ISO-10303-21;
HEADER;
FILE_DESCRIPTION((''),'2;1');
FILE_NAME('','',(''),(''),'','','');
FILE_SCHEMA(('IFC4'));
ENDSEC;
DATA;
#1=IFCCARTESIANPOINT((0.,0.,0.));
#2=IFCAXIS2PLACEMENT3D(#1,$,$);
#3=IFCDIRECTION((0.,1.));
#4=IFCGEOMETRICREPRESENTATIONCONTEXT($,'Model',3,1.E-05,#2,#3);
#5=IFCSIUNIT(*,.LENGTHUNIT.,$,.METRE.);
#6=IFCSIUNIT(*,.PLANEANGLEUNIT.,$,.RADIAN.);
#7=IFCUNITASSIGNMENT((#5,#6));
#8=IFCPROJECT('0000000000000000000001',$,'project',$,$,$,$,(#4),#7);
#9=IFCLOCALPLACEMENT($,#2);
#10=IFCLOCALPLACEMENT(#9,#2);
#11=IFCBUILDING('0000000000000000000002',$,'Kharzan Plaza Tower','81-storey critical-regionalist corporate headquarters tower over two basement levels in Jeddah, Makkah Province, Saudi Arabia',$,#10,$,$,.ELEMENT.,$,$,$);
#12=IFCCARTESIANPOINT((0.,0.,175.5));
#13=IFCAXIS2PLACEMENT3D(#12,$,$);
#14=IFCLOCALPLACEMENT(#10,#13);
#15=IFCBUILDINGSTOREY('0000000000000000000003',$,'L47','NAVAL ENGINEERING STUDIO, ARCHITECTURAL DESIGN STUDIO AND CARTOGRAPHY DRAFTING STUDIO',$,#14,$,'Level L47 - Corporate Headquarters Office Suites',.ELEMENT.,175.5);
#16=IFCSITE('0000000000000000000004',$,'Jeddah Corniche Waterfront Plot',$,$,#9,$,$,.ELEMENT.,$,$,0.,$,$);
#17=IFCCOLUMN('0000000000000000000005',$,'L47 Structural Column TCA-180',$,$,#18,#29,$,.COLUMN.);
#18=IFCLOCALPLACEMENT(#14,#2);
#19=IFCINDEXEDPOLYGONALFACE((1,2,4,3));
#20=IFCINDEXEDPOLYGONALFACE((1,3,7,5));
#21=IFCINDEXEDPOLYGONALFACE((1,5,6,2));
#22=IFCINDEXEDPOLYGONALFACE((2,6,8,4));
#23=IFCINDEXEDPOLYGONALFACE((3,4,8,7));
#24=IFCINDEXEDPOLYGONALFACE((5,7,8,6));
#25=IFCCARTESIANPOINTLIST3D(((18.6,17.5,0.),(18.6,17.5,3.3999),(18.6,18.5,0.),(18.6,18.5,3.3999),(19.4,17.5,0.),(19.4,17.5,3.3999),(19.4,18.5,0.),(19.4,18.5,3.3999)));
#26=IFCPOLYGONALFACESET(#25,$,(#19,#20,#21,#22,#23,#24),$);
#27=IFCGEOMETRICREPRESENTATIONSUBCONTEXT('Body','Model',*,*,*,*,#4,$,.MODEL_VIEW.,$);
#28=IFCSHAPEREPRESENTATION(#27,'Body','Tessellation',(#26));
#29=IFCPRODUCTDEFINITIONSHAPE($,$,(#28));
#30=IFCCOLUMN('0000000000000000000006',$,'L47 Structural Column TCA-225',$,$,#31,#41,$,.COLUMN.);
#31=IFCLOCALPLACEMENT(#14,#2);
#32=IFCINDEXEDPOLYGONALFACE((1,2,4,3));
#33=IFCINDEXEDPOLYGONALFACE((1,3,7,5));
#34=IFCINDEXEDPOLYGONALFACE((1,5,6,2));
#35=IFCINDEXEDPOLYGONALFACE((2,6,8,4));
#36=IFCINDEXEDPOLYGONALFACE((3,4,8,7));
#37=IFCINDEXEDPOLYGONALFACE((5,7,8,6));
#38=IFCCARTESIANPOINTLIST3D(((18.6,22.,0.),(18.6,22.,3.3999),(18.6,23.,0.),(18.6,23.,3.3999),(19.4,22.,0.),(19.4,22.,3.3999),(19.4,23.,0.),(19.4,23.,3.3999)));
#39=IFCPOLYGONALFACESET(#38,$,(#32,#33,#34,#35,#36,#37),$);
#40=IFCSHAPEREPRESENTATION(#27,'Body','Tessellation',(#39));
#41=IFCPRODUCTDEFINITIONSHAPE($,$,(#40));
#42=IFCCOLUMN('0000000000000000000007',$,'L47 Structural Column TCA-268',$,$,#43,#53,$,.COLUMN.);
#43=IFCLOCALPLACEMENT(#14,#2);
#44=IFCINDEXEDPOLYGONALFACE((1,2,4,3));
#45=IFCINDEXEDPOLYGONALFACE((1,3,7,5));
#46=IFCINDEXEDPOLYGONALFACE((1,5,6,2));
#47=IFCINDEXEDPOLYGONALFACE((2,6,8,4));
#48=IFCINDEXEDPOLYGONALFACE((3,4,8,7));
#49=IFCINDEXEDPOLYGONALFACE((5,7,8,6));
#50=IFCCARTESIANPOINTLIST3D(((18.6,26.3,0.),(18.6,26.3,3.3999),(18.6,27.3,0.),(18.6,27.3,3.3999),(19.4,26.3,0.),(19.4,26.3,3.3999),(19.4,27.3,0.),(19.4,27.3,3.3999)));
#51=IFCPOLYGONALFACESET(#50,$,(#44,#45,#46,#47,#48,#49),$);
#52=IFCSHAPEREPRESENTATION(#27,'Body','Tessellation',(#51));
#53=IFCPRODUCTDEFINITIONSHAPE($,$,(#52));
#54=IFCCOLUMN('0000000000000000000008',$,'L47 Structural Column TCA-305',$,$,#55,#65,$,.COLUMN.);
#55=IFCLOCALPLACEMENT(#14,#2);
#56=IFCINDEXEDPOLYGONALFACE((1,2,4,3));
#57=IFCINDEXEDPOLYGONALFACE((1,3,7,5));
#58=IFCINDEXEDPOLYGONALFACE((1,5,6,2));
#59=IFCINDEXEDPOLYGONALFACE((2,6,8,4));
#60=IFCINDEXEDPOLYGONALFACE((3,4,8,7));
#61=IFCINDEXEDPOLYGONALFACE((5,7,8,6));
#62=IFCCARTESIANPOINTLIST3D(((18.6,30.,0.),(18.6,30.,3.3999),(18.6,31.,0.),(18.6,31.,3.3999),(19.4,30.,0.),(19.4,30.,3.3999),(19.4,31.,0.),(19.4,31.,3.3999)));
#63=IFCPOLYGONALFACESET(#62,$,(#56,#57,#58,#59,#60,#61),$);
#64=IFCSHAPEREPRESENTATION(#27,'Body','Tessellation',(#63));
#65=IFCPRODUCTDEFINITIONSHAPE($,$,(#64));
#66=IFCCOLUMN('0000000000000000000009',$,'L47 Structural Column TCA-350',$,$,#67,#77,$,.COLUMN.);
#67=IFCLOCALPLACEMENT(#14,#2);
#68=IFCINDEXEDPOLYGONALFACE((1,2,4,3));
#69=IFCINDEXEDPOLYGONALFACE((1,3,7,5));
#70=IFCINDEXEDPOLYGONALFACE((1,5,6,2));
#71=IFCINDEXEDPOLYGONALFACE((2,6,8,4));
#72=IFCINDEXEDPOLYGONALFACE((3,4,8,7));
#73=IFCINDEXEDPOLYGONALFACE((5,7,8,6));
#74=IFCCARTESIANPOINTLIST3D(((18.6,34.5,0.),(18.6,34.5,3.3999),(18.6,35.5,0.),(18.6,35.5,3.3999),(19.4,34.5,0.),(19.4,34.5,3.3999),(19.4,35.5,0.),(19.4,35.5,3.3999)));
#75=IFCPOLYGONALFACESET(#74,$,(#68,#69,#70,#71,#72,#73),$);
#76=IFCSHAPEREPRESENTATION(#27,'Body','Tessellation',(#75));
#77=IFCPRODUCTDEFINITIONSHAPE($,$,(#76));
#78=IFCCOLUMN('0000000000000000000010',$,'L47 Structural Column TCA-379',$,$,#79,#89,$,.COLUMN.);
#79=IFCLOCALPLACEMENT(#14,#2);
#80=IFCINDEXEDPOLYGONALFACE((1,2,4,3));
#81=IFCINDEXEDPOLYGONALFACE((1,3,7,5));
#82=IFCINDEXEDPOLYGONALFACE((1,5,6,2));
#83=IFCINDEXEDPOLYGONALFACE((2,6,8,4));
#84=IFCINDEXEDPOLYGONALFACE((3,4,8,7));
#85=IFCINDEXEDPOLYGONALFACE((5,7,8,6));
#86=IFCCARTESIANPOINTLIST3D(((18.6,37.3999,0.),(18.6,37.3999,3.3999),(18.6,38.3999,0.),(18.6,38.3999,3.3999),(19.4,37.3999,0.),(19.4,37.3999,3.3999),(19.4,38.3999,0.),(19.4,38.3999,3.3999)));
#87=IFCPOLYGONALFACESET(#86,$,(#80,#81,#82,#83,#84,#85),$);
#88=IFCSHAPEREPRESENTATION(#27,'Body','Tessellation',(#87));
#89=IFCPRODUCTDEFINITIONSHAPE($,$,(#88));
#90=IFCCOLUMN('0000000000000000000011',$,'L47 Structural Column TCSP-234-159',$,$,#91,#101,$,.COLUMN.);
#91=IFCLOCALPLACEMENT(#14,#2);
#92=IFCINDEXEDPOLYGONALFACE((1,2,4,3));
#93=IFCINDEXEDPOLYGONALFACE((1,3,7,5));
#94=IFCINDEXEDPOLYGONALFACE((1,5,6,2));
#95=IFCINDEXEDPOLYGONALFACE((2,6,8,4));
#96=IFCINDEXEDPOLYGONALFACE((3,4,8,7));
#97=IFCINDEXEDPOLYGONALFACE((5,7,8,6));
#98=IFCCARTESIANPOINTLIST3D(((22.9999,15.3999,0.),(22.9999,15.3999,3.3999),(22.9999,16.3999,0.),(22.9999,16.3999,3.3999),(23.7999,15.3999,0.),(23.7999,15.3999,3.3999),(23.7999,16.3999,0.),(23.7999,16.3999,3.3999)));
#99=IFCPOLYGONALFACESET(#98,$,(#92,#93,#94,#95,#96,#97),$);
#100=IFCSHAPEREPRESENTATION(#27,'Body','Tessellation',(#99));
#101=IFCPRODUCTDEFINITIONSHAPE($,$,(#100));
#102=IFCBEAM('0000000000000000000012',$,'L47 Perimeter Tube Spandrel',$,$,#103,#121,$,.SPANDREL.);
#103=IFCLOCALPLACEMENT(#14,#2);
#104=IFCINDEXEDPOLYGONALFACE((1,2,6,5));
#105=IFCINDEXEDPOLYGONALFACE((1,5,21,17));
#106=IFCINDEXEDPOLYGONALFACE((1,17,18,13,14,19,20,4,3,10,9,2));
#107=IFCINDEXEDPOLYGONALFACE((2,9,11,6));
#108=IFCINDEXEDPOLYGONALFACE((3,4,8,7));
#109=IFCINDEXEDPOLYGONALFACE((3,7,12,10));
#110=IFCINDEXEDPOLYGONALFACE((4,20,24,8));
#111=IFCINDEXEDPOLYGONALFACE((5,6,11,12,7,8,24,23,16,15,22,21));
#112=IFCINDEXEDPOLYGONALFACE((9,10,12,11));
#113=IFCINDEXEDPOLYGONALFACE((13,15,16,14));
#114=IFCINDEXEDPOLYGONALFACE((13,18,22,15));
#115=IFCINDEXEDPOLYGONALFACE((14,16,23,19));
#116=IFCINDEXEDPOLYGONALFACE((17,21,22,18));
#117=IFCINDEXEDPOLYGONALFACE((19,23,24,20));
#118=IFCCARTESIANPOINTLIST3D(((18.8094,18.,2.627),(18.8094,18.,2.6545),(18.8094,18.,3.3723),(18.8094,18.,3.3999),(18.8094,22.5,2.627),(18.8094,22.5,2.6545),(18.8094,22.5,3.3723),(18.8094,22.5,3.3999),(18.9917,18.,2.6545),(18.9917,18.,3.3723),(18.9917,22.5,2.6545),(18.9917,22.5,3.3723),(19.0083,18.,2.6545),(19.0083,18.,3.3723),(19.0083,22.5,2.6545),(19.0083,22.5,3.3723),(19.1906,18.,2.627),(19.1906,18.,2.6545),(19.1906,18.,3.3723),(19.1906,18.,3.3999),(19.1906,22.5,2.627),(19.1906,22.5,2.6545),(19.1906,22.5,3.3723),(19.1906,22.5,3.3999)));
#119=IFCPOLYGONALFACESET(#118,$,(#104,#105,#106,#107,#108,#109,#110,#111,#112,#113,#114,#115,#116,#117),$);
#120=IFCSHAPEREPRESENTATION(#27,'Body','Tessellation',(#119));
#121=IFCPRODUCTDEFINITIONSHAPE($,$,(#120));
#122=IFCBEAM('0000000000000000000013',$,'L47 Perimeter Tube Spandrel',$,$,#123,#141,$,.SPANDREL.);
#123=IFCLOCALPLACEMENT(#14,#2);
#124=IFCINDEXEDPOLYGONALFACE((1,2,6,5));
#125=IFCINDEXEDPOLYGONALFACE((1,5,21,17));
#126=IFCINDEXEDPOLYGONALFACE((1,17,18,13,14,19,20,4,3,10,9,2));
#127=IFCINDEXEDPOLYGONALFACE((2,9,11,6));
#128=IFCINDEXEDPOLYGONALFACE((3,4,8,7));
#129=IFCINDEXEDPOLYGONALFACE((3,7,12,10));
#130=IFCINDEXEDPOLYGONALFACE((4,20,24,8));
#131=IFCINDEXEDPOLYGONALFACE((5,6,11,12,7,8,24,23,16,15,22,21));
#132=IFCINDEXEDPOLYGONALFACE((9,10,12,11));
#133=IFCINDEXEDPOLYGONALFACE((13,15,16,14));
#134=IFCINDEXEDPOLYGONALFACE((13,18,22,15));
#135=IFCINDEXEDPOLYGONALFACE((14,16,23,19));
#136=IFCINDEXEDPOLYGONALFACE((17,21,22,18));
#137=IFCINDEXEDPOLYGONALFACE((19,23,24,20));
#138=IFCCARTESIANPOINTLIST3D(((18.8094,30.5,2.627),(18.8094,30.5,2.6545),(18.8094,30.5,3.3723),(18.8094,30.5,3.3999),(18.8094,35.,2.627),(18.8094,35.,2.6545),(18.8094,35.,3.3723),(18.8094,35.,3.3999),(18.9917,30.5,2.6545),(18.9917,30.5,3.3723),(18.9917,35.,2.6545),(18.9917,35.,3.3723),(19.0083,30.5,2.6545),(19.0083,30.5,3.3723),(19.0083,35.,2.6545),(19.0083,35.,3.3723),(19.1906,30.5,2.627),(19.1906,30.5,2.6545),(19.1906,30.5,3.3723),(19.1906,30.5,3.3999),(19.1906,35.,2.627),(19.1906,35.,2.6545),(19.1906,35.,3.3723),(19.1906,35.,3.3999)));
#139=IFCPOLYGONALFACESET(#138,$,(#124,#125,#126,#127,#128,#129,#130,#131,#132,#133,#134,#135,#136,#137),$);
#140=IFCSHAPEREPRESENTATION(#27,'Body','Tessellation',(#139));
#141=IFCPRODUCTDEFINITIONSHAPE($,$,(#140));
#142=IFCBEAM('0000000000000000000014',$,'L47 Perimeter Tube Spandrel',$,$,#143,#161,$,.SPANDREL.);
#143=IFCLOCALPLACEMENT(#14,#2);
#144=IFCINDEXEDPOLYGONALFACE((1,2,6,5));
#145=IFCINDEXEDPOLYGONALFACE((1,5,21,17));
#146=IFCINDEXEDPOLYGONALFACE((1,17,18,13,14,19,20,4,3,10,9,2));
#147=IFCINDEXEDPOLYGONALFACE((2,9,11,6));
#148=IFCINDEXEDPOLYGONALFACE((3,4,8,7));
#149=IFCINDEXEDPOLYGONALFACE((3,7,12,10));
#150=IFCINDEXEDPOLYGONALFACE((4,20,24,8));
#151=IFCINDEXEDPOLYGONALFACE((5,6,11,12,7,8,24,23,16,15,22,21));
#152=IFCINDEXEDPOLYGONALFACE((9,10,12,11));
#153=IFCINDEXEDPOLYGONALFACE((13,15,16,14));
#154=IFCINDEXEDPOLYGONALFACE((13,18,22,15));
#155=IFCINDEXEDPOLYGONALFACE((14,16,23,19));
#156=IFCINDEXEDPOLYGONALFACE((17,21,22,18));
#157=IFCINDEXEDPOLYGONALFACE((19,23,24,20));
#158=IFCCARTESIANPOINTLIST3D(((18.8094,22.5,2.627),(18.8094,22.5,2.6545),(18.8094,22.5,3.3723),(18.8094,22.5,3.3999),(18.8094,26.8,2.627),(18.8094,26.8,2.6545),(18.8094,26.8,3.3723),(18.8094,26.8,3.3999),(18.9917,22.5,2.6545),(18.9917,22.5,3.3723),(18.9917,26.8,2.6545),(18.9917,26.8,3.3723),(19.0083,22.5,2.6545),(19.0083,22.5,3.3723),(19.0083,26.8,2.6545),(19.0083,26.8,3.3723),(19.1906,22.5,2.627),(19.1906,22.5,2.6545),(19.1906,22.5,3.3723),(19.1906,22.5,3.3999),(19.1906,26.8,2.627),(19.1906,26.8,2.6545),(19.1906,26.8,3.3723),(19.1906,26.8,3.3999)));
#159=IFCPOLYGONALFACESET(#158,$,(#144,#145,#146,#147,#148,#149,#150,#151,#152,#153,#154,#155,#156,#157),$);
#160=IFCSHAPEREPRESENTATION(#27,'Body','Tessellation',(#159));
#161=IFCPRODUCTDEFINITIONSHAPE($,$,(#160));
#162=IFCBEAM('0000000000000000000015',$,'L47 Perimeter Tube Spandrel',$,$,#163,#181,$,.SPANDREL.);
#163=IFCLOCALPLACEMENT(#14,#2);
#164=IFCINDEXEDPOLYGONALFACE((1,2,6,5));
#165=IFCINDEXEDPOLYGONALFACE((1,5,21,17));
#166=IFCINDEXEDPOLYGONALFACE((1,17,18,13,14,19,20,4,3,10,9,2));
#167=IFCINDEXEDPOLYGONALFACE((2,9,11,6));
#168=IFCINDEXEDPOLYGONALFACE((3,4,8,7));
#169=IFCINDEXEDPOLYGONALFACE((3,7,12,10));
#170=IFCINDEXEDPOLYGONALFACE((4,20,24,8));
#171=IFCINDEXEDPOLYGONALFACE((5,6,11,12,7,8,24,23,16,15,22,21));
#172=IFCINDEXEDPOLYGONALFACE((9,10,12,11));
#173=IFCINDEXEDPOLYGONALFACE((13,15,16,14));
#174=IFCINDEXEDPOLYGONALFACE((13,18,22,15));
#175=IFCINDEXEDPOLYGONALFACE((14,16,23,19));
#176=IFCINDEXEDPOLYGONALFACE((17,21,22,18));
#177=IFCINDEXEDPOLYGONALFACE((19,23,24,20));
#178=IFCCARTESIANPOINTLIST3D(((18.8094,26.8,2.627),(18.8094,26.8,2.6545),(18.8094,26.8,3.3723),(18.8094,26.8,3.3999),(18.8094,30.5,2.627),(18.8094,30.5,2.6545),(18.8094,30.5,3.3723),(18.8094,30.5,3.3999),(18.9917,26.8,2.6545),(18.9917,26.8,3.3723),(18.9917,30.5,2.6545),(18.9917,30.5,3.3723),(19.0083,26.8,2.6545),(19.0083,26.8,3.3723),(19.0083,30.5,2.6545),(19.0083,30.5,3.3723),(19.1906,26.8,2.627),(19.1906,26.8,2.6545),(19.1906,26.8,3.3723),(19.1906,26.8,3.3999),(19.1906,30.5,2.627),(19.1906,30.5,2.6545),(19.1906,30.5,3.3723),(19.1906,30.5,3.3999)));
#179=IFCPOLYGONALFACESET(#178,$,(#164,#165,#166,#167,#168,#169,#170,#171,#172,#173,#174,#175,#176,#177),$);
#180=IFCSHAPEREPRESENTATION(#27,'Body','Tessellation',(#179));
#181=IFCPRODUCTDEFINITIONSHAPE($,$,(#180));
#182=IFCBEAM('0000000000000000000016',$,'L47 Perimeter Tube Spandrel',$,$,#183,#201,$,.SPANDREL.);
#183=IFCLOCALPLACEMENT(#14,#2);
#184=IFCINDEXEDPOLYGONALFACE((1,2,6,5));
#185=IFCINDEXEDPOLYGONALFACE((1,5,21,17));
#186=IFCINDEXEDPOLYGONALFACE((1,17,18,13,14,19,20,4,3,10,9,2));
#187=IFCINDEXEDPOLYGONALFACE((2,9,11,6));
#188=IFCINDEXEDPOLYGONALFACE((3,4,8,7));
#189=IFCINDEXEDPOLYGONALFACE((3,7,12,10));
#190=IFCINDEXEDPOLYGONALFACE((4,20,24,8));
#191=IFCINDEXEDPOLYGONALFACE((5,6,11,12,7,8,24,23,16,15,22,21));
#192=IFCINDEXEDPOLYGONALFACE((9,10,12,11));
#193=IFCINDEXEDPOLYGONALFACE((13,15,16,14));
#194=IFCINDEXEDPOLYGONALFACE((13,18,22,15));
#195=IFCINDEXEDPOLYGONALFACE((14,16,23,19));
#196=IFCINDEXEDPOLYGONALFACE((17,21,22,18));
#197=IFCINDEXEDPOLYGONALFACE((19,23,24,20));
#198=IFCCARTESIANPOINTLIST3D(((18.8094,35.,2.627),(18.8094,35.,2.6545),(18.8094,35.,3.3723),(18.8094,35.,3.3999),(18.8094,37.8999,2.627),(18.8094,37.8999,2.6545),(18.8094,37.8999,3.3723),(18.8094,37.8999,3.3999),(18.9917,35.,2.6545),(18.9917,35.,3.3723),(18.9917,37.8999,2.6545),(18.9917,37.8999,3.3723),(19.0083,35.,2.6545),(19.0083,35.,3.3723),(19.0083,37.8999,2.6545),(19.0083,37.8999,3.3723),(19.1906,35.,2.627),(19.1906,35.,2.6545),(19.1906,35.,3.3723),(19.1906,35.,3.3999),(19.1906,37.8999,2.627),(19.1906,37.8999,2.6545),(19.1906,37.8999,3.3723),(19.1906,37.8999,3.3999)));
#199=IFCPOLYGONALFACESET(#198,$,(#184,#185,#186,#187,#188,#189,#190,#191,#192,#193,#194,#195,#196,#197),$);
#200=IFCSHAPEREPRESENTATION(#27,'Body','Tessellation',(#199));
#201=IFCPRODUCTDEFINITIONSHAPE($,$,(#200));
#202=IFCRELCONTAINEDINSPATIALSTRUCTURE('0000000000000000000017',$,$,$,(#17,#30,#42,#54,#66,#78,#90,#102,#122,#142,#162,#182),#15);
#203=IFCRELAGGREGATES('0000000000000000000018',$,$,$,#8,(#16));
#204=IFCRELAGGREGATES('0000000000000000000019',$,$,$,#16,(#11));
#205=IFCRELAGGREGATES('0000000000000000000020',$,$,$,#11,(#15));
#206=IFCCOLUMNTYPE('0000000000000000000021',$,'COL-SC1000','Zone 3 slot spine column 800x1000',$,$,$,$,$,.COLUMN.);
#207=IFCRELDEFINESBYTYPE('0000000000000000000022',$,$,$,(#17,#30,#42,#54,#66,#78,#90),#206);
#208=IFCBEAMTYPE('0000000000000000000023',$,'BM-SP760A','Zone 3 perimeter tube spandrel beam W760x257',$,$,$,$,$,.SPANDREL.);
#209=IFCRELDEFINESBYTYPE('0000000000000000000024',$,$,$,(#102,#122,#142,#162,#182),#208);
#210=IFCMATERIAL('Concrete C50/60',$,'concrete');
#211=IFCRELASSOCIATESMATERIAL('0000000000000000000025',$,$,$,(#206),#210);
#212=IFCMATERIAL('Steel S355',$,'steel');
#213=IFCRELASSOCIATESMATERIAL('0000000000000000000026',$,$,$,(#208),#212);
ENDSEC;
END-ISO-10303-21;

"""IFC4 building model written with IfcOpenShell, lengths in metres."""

from ifc_helpers import new_model, si_unit, direction, frame, origin, origin_2d, place, context, subcontext, project, spatial, rectangle, i_section, extrude, source, transform, mapped, material, material_profile, profile_set, type_object, element, save


model = new_model("IFC4")

# Units and contexts
model_context = context("Model", 3, precision=1e-05, world=origin(), true_north=direction((0.0, 1.0)))
body_context = subcontext(model_context, "Body", "Model", "MODEL_VIEW")
ifc_project = project(units=[si_unit("LENGTHUNIT", "METRE"), si_unit("PLANEANGLEUNIT", "RADIAN")], contexts=[model_context])

# Site, building, storey
site_placement = place(None, origin())
site = spatial("IfcSite", under=ifc_project, at=site_placement, Name="Jeddah Corniche Waterfront Plot", CompositionType="ELEMENT", RefElevation=0.0)
building_placement = place(site_placement, origin())
building = spatial("IfcBuilding", under=site, at=building_placement, Name="Kharzan Plaza Tower", Description="81-storey critical-regionalist corporate headquarters tower over two basement levels in Jeddah, Makkah Province, Saudi Arabia", CompositionType="ELEMENT")
storey_placement = place(building_placement, frame((0.0, 0.0, 175.5)))
storey = spatial("IfcBuildingStorey", under=building, at=storey_placement, Name="L47", Description="NAVAL ENGINEERING STUDIO, ARCHITECTURAL DESIGN STUDIO AND CARTOGRAPHY DRAFTING STUDIO", LongName="Level L47 - Corporate Headquarters Office Suites", CompositionType="ELEMENT", Elevation=175.5)

# Columns
ifc_material_1 = material(Name="Concrete C50/60", Category="concrete")
ifc_material_profile_1 = material_profile(ifc_material_1, rectangle(XDim=0.8, YDim=1.0, at=origin_2d()), Name="RC-SC1000x800")
ifc_profile_set_1 = profile_set([ifc_material_profile_1], Name="Concrete C50/60")
column_type = type_object("IfcColumnType", Name="COL-SC1000", Description="Zone 3 slot spine column 800x1000", PredefinedType="COLUMN", material=ifc_profile_set_1)
shared_shape_1 = source(origin(), body_context, "Body", "SweptSolid", [
    extrude(rectangle(XDim=0.8, YDim=1.0, at=origin_2d()), origin(), (0.0, 0.0, 1.0), 3.3999),
])
for number, where, z_axis, x_axis, name in (
    (1, (19.0, 18.0, 0.0), (0.0, 0.0, 1.0), (1.0, 0.0, 0.0), "L47 Structural Column TCA-180"),
    (2, (19.0, 22.5, 0.0), (0.0, 0.0, 1.0), (1.0, 0.0, 0.0), "L47 Structural Column TCA-225"),
    (3, (19.0, 26.8, 0.0), (0.0, 0.0, 1.0), (1.0, 0.0, 0.0), "L47 Structural Column TCA-268"),
    (4, (19.0, 30.5, 0.0), (0.0, 0.0, 1.0), (1.0, 0.0, 0.0), "L47 Structural Column TCA-305"),
    (5, (19.0, 35.0, 0.0), (0.0, 0.0, 1.0), (1.0, 0.0, 0.0), "L47 Structural Column TCA-350"),
    (6, (19.0, 37.8999, 0.0), (0.0, 0.0, 1.0), (1.0, 0.0, 0.0), "L47 Structural Column TCA-379"),
    (7, (23.3999, 15.8999, 0.0), (0.0, 0.0, 1.0), (1.0, 0.0, 0.0), "L47 Structural Column TCSP-234-159"),
):
    element("IfcColumn", number, at=place(storey_placement, frame(where, z_axis=z_axis, x_axis=x_axis)), inside=storey, type_object=column_type, Name=name, PredefinedType="COLUMN", context=body_context, shape_type="MappedRepresentation", body=[
        mapped(shared_shape_1, transform((0.0, 0.0, 0.0), x_axis=(1.0, 0.0, 0.0), y_axis=(0.0, 1.0, 0.0), z_axis=(0.0, 0.0, 1.0))),
    ])

# Beams
ifc_material_2 = material(Name="Steel S355", Category="steel")
ifc_material_profile_2 = material_profile(ifc_material_2, i_section(OverallWidth=0.3811, OverallDepth=0.7729, WebThickness=0.0166, FlangeThickness=0.0276, at=origin_2d()), Name="W760x257")
ifc_profile_set_2 = profile_set([ifc_material_profile_2], Name="Steel S355")
beam_type = type_object("IfcBeamType", Name="BM-SP760A", Description="Zone 3 perimeter tube spandrel beam W760x257", PredefinedType="SPANDREL", material=ifc_profile_set_2)
shared_shape_2 = source(origin(), body_context, "Body", "SweptSolid", [
    extrude(i_section(OverallWidth=0.3811, OverallDepth=0.7729, WebThickness=0.0166, FlangeThickness=0.0276, at=origin_2d()), origin(), (0.0, 0.0, 1.0), 4.5),
])
for number, where, z_axis, x_axis, name in (
    (8, (19.0, 18.0, 3.0134), (0.0, 1.0, 0.0), (-1.0, 0.0, 0.0), "L47 Perimeter Tube Spandrel"),
    (9, (19.0, 30.5, 3.0134), (0.0, 1.0, 0.0), (-1.0, 0.0, 0.0), "L47 Perimeter Tube Spandrel"),
):
    element("IfcBeam", number, at=place(storey_placement, frame(where, z_axis=z_axis, x_axis=x_axis)), inside=storey, type_object=beam_type, Name=name, PredefinedType="SPANDREL", context=body_context, shape_type="MappedRepresentation", body=[
        mapped(shared_shape_2, transform((0.0, 0.0, 0.0), x_axis=(1.0, 0.0, 0.0), y_axis=(0.0, 1.0, 0.0), z_axis=(0.0, 0.0, 1.0))),
    ])
shared_shape_3 = source(origin(), body_context, "Body", "SweptSolid", [
    extrude(i_section(OverallWidth=0.3811, OverallDepth=0.7729, WebThickness=0.0166, FlangeThickness=0.0276, at=origin_2d()), origin(), (0.0, 0.0, 1.0), 4.3),
])
beam_1_placement = place(storey_placement, frame((19.0, 22.5, 3.0134), z_axis=(0.0, 1.0, 0.0), x_axis=(-1.0, 0.0, 0.0)))
element("IfcBeam", 10, at=beam_1_placement, inside=storey, type_object=beam_type, Name="L47 Perimeter Tube Spandrel", PredefinedType="SPANDREL", context=body_context, shape_type="MappedRepresentation", body=[
    mapped(shared_shape_3, transform((0.0, 0.0, 0.0), x_axis=(1.0, 0.0, 0.0), y_axis=(0.0, 1.0, 0.0), z_axis=(0.0, 0.0, 1.0))),
])
shared_shape_4 = source(origin(), body_context, "Body", "SweptSolid", [
    extrude(i_section(OverallWidth=0.3811, OverallDepth=0.7729, WebThickness=0.0166, FlangeThickness=0.0276, at=origin_2d()), origin(), (0.0, 0.0, 1.0), 3.7),
])
beam_2_placement = place(storey_placement, frame((19.0, 26.8, 3.0134), z_axis=(0.0, 1.0, 0.0), x_axis=(-1.0, 0.0, 0.0)))
element("IfcBeam", 11, at=beam_2_placement, inside=storey, type_object=beam_type, Name="L47 Perimeter Tube Spandrel", PredefinedType="SPANDREL", context=body_context, shape_type="MappedRepresentation", body=[
    mapped(shared_shape_4, transform((0.0, 0.0, 0.0), x_axis=(1.0, 0.0, 0.0), y_axis=(0.0, 1.0, 0.0), z_axis=(0.0, 0.0, 1.0))),
])
shared_shape_5 = source(origin(), body_context, "Body", "SweptSolid", [
    extrude(i_section(OverallWidth=0.3811, OverallDepth=0.7729, WebThickness=0.0166, FlangeThickness=0.0276, at=origin_2d()), origin(), (0.0, 0.0, 1.0), 2.8999),
])
beam_3_placement = place(storey_placement, frame((19.0, 35.0, 3.0134), z_axis=(0.0, 1.0, 0.0), x_axis=(-1.0, 0.0, 0.0)))
element("IfcBeam", 12, at=beam_3_placement, inside=storey, type_object=beam_type, Name="L47 Perimeter Tube Spandrel", PredefinedType="SPANDREL", context=body_context, shape_type="MappedRepresentation", body=[
    mapped(shared_shape_5, transform((0.0, 0.0, 0.0), x_axis=(1.0, 0.0, 0.0), y_axis=(0.0, 1.0, 0.0), z_axis=(0.0, 0.0, 1.0))),
])

save(model, "model.ifc")
